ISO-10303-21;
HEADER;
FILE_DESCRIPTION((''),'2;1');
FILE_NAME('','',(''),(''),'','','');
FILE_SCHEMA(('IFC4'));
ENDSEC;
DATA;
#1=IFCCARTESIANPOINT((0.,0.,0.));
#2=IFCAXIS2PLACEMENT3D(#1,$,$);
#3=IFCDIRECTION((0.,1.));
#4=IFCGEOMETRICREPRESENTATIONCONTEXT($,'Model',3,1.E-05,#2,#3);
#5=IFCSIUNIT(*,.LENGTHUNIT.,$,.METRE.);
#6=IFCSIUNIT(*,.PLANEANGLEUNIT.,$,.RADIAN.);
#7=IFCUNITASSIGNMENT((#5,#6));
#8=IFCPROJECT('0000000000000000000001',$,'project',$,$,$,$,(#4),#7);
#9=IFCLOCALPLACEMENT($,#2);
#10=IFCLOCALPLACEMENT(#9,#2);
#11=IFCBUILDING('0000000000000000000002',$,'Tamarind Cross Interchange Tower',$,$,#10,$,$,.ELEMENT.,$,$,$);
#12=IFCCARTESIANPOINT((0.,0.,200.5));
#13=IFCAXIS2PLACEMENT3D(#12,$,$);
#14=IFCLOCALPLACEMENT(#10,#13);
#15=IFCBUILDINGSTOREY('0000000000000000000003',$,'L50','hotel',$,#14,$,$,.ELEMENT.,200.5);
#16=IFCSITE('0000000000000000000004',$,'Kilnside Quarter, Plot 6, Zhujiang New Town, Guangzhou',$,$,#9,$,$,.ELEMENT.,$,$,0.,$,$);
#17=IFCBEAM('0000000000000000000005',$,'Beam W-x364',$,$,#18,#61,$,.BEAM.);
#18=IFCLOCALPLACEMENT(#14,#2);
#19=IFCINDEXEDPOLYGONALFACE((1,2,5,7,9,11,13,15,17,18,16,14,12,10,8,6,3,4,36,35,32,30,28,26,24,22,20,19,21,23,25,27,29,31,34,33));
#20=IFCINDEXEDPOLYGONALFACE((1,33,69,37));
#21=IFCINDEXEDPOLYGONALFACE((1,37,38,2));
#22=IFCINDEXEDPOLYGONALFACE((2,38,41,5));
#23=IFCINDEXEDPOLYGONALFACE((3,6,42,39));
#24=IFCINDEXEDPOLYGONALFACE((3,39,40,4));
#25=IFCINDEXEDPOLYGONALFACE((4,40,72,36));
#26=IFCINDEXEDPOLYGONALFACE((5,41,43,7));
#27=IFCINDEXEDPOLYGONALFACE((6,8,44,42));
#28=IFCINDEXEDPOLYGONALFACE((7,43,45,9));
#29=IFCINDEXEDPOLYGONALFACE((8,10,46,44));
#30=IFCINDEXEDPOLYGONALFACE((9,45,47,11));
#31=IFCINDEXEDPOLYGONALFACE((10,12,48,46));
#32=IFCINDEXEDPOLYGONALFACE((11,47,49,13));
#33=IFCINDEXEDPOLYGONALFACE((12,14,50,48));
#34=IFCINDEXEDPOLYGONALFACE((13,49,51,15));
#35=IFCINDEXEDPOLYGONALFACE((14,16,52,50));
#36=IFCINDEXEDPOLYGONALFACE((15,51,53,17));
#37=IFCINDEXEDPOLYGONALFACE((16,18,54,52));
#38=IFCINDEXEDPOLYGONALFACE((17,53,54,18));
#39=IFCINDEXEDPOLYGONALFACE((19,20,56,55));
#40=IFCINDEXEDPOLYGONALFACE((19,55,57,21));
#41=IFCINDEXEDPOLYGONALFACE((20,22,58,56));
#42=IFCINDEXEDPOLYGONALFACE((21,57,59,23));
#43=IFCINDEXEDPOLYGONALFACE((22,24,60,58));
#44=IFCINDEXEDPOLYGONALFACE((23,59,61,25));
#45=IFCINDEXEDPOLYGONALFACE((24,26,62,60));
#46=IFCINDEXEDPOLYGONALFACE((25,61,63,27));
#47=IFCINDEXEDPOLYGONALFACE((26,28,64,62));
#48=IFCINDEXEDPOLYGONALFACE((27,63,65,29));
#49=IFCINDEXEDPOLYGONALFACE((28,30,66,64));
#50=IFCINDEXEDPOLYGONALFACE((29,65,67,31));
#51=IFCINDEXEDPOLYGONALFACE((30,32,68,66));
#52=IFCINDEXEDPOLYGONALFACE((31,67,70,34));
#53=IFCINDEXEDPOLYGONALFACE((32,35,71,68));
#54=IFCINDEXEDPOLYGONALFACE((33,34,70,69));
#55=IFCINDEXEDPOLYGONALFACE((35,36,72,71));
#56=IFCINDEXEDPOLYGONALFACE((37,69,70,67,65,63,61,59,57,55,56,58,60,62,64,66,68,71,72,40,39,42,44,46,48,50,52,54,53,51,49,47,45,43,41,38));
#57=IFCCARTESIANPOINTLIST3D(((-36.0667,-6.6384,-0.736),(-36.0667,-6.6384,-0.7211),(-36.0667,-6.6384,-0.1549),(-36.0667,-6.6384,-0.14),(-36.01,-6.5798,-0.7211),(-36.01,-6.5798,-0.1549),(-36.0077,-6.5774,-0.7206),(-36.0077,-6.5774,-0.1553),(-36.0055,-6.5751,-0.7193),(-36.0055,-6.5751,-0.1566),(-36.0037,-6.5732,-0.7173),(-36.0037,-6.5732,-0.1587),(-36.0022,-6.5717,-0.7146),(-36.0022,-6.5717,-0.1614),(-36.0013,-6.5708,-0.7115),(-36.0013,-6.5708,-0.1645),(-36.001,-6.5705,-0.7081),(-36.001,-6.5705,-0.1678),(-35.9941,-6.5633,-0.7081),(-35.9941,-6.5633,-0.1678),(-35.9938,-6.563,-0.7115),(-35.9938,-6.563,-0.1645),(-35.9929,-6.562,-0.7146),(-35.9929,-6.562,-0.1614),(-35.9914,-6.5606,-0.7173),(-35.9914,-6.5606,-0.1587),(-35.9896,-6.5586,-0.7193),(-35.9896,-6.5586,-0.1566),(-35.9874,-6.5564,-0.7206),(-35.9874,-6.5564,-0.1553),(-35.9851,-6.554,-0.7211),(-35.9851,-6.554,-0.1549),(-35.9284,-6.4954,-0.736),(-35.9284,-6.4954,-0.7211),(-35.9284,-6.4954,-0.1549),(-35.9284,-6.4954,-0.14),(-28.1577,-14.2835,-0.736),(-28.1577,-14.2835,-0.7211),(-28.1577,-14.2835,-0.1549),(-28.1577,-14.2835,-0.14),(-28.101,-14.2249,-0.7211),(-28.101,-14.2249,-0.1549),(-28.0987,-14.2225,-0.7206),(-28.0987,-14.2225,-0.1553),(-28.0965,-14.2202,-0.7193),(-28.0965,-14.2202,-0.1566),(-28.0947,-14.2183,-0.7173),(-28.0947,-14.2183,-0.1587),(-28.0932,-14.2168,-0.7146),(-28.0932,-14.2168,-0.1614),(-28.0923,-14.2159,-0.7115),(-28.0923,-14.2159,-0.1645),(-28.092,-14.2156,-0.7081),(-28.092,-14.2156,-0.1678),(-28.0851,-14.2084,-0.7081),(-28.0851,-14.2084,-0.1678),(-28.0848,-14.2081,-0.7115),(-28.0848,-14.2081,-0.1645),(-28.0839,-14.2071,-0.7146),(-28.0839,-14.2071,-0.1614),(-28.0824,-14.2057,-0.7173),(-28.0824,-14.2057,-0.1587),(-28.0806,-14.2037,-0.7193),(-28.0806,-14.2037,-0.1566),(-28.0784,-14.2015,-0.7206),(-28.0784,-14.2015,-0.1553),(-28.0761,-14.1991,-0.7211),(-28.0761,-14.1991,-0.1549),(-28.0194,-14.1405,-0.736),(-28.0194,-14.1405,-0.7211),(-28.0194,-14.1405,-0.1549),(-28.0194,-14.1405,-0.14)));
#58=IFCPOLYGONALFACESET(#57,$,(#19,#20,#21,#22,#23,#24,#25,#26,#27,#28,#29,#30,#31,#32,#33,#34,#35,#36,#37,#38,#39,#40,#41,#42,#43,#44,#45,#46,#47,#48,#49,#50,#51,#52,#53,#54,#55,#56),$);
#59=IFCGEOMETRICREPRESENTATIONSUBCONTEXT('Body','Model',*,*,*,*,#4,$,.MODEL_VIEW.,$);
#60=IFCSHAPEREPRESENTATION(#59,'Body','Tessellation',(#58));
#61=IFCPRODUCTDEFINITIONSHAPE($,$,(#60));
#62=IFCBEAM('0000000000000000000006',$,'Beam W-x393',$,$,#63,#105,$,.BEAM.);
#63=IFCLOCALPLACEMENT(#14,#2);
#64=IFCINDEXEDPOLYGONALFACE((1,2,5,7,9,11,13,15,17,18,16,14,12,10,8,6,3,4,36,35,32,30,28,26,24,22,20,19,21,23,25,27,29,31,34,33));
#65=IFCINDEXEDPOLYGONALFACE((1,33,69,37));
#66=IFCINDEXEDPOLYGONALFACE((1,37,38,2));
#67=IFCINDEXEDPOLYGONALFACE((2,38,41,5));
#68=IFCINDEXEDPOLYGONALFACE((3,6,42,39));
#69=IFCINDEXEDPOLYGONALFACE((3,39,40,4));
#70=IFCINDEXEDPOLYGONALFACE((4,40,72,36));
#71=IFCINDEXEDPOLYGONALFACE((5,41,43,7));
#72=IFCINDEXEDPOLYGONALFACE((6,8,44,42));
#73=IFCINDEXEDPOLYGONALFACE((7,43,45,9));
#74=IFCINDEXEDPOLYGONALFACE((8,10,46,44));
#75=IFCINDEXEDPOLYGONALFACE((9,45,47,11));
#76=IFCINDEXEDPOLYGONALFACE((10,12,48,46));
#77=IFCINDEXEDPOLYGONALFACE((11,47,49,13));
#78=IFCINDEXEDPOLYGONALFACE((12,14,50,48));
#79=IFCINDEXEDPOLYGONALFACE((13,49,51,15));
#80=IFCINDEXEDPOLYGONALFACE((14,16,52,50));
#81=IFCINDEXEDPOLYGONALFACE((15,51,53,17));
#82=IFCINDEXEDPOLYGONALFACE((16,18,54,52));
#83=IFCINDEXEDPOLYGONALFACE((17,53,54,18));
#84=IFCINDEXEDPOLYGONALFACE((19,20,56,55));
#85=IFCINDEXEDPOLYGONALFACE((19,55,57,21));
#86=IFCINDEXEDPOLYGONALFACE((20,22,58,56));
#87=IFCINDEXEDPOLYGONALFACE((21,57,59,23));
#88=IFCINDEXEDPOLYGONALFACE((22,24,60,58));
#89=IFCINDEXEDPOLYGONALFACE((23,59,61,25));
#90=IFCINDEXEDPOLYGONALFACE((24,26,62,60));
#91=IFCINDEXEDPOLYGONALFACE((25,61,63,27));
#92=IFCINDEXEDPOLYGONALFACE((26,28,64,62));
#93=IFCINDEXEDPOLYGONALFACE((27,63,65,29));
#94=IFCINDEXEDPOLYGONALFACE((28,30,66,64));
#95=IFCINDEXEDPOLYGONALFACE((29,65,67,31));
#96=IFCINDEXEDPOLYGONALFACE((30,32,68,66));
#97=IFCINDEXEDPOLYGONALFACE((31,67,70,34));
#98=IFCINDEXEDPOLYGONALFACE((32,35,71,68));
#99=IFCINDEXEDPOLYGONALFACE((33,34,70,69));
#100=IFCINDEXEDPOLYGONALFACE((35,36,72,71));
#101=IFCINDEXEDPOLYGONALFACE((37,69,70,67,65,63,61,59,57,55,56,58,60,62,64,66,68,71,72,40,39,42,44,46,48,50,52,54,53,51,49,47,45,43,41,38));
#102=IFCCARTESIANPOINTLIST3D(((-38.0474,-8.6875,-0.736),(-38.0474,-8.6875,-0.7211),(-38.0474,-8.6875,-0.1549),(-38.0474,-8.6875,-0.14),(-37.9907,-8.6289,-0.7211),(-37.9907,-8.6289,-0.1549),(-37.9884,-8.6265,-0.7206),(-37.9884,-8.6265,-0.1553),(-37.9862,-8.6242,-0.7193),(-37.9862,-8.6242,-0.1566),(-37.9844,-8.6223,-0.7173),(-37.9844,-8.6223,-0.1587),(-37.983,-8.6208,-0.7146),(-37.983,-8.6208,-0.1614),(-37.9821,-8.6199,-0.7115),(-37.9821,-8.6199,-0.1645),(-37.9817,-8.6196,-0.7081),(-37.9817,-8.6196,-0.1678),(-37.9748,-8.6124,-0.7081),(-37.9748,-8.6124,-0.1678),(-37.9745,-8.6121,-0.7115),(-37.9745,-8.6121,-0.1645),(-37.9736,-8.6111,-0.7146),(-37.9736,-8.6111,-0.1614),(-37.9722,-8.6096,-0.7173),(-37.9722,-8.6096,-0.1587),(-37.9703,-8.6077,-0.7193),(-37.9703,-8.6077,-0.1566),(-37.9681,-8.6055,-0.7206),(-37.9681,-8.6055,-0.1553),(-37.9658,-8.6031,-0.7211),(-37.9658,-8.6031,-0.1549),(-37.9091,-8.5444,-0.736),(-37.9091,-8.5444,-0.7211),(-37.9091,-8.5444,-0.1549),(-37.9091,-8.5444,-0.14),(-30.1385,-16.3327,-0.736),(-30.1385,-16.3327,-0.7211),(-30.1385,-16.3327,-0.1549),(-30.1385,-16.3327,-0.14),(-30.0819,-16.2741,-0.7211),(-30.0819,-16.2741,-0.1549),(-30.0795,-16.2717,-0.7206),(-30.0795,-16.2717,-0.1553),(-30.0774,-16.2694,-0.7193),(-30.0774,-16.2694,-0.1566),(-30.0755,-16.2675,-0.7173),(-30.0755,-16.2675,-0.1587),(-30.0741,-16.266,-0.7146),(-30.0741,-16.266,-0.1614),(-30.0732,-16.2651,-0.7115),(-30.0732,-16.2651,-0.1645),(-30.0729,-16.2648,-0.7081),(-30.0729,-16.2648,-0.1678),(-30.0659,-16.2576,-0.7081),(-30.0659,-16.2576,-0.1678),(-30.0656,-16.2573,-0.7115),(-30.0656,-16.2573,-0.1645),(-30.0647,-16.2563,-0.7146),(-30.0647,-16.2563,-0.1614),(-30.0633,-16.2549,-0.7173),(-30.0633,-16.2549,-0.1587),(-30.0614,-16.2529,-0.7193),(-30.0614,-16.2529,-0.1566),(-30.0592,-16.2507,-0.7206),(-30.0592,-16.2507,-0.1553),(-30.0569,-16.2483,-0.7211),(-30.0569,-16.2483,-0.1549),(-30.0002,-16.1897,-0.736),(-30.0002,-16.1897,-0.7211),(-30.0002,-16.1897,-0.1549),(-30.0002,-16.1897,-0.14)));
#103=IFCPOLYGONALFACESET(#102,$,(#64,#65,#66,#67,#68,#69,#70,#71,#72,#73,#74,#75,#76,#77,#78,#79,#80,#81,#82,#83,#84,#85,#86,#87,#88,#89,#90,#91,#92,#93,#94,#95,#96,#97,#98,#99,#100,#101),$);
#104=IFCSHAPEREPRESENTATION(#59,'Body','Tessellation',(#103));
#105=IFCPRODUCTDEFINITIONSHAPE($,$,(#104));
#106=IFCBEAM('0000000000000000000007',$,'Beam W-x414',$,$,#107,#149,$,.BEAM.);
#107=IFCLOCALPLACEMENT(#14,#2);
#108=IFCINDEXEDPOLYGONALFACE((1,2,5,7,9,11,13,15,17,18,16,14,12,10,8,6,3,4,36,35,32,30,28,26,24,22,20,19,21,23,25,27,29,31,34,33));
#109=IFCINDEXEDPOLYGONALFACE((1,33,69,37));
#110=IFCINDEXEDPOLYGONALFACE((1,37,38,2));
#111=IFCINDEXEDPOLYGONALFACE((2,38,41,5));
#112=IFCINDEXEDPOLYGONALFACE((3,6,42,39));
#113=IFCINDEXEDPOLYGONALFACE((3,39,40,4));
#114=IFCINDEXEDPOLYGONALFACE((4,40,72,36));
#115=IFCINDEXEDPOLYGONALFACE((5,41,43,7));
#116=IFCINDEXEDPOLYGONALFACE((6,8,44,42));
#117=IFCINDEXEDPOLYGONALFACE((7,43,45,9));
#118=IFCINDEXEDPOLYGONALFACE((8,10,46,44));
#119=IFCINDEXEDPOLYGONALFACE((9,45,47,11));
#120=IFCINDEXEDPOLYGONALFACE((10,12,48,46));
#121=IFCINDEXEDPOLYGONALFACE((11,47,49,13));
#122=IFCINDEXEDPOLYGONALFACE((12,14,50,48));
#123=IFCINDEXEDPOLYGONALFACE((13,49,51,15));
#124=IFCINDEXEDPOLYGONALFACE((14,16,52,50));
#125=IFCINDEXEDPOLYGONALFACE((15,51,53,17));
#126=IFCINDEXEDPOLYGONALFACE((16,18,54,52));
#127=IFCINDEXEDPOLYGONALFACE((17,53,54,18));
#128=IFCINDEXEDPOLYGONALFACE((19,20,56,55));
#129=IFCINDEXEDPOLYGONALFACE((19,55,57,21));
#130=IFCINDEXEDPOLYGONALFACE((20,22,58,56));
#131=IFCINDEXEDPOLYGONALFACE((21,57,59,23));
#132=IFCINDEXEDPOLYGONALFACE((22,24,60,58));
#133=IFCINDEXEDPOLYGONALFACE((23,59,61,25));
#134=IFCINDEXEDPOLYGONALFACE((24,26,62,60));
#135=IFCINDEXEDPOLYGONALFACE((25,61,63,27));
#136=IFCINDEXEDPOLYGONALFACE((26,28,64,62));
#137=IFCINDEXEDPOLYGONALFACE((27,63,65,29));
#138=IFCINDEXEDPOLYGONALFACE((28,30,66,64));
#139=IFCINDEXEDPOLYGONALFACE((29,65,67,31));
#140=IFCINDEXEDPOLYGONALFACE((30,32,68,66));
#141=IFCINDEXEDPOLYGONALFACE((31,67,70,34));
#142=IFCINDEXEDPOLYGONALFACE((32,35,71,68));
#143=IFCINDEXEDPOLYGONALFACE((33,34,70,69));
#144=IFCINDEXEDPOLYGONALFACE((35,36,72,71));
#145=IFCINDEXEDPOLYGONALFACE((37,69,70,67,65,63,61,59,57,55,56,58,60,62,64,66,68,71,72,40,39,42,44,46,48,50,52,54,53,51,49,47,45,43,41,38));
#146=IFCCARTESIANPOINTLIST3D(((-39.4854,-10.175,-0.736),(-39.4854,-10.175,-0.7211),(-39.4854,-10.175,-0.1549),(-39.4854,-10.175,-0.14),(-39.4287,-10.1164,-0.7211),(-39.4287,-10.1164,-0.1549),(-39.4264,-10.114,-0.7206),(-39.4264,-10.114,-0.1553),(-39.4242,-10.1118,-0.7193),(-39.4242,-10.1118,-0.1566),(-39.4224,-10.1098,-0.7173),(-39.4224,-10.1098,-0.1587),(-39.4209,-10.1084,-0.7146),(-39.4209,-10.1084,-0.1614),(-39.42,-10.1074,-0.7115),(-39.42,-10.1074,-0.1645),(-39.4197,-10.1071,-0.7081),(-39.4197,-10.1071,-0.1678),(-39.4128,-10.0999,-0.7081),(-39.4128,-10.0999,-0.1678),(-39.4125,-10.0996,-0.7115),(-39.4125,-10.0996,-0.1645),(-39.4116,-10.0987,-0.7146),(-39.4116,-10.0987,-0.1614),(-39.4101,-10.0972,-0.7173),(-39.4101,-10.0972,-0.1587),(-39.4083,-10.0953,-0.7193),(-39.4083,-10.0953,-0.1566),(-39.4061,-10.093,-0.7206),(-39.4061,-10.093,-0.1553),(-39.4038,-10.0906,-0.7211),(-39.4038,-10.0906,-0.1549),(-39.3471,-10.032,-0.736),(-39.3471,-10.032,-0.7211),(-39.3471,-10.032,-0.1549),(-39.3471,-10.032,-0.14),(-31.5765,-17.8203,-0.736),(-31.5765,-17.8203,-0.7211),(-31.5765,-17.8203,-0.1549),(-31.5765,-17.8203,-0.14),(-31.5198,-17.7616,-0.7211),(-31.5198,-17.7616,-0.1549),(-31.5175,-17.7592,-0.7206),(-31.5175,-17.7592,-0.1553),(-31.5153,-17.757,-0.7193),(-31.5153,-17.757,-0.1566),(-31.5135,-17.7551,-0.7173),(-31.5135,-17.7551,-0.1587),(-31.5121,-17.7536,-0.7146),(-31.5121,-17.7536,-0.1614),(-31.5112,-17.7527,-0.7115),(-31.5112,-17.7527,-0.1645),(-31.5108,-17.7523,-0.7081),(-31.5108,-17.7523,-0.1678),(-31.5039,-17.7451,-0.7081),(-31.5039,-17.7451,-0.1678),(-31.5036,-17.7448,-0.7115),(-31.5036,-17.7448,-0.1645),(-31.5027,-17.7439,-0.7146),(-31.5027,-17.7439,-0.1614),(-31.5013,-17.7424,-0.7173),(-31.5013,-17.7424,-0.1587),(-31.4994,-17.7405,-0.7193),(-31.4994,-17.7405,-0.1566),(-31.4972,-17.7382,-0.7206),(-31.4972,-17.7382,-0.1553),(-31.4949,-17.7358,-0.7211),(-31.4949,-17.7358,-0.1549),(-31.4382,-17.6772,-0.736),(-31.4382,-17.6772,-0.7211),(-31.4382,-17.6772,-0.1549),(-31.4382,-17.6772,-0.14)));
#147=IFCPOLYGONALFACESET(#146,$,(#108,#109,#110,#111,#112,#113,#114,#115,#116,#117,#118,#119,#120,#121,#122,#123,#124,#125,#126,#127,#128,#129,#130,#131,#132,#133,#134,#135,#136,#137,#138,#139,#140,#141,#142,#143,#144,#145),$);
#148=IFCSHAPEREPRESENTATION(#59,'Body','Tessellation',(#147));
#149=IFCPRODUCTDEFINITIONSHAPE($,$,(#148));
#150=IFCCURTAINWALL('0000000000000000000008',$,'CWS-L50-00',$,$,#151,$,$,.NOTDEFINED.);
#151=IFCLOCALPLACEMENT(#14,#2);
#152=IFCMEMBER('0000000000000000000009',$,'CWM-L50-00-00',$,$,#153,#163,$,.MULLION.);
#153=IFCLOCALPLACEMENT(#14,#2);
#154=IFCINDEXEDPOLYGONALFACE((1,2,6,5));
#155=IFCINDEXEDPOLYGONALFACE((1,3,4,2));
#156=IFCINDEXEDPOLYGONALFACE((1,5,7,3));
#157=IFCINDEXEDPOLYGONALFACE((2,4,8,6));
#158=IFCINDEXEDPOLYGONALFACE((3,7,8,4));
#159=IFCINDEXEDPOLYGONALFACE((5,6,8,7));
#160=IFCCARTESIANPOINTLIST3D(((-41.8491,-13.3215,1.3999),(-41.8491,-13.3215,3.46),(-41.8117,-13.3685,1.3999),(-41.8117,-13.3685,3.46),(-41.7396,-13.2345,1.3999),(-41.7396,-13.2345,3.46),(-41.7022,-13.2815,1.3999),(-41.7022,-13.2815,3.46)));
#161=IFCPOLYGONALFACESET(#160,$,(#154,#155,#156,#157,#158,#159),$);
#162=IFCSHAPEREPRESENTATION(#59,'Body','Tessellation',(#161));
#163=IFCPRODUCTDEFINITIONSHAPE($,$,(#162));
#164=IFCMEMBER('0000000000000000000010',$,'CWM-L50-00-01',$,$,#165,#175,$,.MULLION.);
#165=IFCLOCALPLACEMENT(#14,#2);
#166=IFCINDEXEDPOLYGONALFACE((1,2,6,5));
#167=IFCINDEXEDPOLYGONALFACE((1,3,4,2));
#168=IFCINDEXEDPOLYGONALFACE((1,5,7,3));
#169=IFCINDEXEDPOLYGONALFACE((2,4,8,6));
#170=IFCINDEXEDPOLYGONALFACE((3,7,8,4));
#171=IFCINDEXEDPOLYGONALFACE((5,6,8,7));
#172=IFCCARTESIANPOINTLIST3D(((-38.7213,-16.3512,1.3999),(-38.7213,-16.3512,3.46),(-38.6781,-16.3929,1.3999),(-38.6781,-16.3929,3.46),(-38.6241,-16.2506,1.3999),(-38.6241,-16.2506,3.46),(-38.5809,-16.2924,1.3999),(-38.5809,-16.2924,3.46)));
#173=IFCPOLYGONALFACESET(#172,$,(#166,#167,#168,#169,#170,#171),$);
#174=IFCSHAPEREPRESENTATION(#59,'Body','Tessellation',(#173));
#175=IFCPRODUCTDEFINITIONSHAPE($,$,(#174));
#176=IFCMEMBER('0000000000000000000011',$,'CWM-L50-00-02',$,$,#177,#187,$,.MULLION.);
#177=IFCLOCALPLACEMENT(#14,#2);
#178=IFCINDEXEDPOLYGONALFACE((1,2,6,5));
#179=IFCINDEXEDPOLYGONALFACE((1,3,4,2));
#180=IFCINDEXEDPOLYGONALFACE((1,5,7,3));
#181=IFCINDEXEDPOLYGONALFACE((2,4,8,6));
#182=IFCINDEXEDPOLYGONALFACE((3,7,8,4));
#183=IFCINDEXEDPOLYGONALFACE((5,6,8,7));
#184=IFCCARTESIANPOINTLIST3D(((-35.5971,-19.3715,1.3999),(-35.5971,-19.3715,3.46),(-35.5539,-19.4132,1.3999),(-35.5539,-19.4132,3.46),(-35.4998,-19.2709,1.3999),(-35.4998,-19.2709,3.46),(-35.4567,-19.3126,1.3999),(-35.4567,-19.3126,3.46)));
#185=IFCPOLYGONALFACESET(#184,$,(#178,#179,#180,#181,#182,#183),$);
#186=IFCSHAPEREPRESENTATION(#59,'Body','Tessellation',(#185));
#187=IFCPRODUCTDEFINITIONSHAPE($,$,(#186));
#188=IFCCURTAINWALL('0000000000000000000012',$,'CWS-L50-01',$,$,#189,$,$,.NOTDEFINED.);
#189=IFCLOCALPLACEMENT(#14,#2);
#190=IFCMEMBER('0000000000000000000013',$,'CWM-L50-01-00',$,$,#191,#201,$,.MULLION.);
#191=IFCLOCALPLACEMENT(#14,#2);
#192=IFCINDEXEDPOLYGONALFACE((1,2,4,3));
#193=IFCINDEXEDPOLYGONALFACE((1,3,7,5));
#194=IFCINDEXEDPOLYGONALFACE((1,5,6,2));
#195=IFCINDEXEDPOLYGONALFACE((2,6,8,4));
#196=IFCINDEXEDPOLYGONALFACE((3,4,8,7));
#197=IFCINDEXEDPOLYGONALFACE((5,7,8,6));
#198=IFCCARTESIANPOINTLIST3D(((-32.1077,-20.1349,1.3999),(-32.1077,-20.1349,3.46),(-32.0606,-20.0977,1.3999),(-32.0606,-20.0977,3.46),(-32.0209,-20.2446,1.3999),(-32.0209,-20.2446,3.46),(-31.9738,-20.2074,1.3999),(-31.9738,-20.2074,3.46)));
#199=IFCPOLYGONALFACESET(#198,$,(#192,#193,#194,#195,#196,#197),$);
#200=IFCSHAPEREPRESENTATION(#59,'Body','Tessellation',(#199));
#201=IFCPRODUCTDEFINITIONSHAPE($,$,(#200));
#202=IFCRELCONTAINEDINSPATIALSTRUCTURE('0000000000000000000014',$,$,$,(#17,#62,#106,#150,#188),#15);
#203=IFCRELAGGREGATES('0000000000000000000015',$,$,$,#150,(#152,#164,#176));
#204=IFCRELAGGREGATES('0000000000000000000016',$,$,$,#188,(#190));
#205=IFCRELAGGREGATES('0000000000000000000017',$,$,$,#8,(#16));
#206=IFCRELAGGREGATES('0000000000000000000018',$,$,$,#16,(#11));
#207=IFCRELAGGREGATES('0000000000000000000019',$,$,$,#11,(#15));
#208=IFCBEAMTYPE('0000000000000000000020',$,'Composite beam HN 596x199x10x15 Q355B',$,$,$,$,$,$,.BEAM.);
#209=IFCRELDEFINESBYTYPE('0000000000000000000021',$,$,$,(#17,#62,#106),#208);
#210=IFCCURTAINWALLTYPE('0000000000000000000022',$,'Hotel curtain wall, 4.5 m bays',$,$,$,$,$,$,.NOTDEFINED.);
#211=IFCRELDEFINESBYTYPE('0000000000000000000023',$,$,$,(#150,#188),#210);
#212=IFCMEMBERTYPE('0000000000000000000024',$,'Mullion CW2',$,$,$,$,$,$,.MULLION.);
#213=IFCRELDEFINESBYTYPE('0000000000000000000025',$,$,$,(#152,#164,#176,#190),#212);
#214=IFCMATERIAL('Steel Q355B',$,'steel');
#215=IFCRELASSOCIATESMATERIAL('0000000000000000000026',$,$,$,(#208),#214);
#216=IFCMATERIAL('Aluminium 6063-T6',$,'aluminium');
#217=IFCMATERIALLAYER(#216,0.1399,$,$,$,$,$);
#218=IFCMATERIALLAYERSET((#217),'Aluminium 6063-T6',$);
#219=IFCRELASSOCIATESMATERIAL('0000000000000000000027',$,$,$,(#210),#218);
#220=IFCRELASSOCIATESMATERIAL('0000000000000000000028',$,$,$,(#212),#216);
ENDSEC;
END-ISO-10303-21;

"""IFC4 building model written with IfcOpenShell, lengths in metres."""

from ifc_helpers import new_model, si_unit, direction, frame, origin, origin_2d, place, context, subcontext, project, spatial, rectangle, i_section, extrude, material, layer, layer_set, material_profile, profile_set, type_object, element, aggregate, save


model = new_model("IFC4")

# Units and contexts
model_context = context("Model", 3, precision=1e-05, world=origin(), true_north=direction((0.0, 1.0)))
body_context = subcontext(model_context, "Body", "Model", "MODEL_VIEW")
ifc_project = project(units=[si_unit("LENGTHUNIT", "METRE"), si_unit("PLANEANGLEUNIT", "RADIAN")], contexts=[model_context])

# Site, building, storey
site_placement = place(None, origin())
site = spatial("IfcSite", under=ifc_project, at=site_placement, Name="Kilnside Quarter, Plot 6, Zhujiang New Town, Guangzhou", CompositionType="ELEMENT", RefElevation=0.0)
building_placement = place(site_placement, origin())
building = spatial("IfcBuilding", under=site, at=building_placement, Name="Tamarind Cross Interchange Tower", CompositionType="ELEMENT")
storey_placement = place(building_placement, frame((0.0, 0.0, 200.5)))
storey = spatial("IfcBuildingStorey", under=building, at=storey_placement, Name="L50", Description="hotel", CompositionType="ELEMENT", Elevation=200.5)

# Beams
ifc_material_1 = material(Name="Steel Q355B", Category="steel")
ifc_material_profile_1 = material_profile(ifc_material_1, i_section(OverallWidth=0.199, OverallDepth=0.5959, WebThickness=0.01, FlangeThickness=0.0149, FilletRadius=0.0129, at=origin_2d()), Name="HN 596x199x10x15")
ifc_profile_set_1 = profile_set([ifc_material_profile_1], Name="Steel Q355B")
beam_type_1 = type_object("IfcBeamType", Name="Composite beam HN 596x199x10x15 Q355B", PredefinedType="BEAM", material=ifc_profile_set_1)
for number, where, z_axis, x_axis, name in (
    (1, (-35.9976, -6.5669, -0.438), (0.719001, -0.695009, 0.0), (0.695009, 0.719001, 0.0), "Beam W-x364"),
    (2, (-37.9783, -8.616, -0.438), (0.71899, -0.69502, 0.0), (0.69502, 0.71899, 0.0), "Beam W-x393"),
    (3, (-39.4163, -10.1035, -0.438), (0.71899, -0.69502, 0.0), (0.69502, 0.71899, 0.0), "Beam W-x414"),
):
    element("IfcBeam", number, at=place(storey_placement, frame(where, z_axis=z_axis, x_axis=x_axis)), inside=storey, type_object=beam_type_1, Name=name, PredefinedType="BEAM", context=body_context, shape_type="SweptSolid", body=[
        extrude(i_section(OverallWidth=0.199, OverallDepth=0.5959, WebThickness=0.01, FlangeThickness=0.0149, FilletRadius=0.0129, at=origin_2d()), origin(), (0.0, 0.0, 1.0), 11.0),
    ])

# Curtain wall, members
ifc_material_2 = material(Name="Aluminium 6063-T6", Category="aluminium")
ifc_layer_1 = layer(ifc_material_2, 0.1399)
ifc_layer_set_1 = layer_set([ifc_layer_1], Name="Aluminium 6063-T6")
curtain_wall_type = type_object("IfcCurtainWallType", Name="Hotel curtain wall, 4.5 m bays", PredefinedType="NOTDEFINED", material=ifc_layer_set_1)
curtain_wall_1_placement = place(storey_placement, origin())
curtain_wall_1 = element("IfcCurtainWall", 4, at=curtain_wall_1_placement, inside=storey, type_object=curtain_wall_type, Name="CWS-L50-00", PredefinedType="NOTDEFINED")
ifc_material_profile_2 = material_profile(ifc_material_2, rectangle(XDim=0.0601, YDim=0.1399, at=origin_2d()), Name="Mullion CW2")
ifc_profile_set_2 = profile_set([ifc_material_profile_2], Name="Aluminium 6063-T6")
member_type = type_object("IfcMemberType", Name="Mullion CW2", PredefinedType="MULLION", material=ifc_profile_set_2)
member_1_placement = place(storey_placement, frame((-41.7756, -13.3015, 1.3999), z_axis=(0.0, 0.0, 1.0), x_axis=(0.622121, -0.782921, 0.0)))
member_1 = element("IfcMember", 5, at=member_1_placement, type_object=member_type, Name="CWM-L50-00-00", PredefinedType="MULLION", context=body_context, shape_type="SweptSolid", body=[
    extrude(rectangle(XDim=0.0601, YDim=0.1399, at=origin_2d()), origin(), (0.0, 0.0, 1.0), 2.0601),
])
member_2_placement = place(storey_placement, frame((-38.6511, -16.3218, 1.3999), z_axis=(0.0, 0.0, 1.0), x_axis=(0.718991, -0.69502, 0.0)))
member_2 = element("IfcMember", 6, at=member_2_placement, type_object=member_type, Name="CWM-L50-00-01", PredefinedType="MULLION", context=body_context, shape_type="SweptSolid", body=[
    extrude(rectangle(XDim=0.0601, YDim=0.1399, at=origin_2d()), origin(), (0.0, 0.0, 1.0), 2.0601),
])
member_3_placement = place(storey_placement, frame((-35.5269, -19.342, 1.3999), z_axis=(0.0, 0.0, 1.0), x_axis=(0.718991, -0.69502, 0.0)))
member_3 = element("IfcMember", 7, at=member_3_placement, type_object=member_type, Name="CWM-L50-00-02", PredefinedType="MULLION", context=body_context, shape_type="SweptSolid", body=[
    extrude(rectangle(XDim=0.0601, YDim=0.1399, at=origin_2d()), origin(), (0.0, 0.0, 1.0), 2.0601),
])
aggregate(curtain_wall_1, [member_1, member_2, member_3])

# Curtain wall, member
curtain_wall_2_placement = place(storey_placement, origin())
curtain_wall_2 = element("IfcCurtainWall", 8, at=curtain_wall_2_placement, inside=storey, type_object=curtain_wall_type, Name="CWS-L50-01", PredefinedType="NOTDEFINED")
member_4_placement = place(storey_placement, frame((-32.0408, -20.1711, 1.3999), z_axis=(0.0, 0.0, 1.0), x_axis=(0.784159, 0.62056, 0.0)))
member_4 = element("IfcMember", 9, at=member_4_placement, type_object=member_type, Name="CWM-L50-01-00", PredefinedType="MULLION", context=body_context, shape_type="SweptSolid", body=[
    extrude(rectangle(XDim=0.0601, YDim=0.1399, at=origin_2d()), origin(), (0.0, 0.0, 1.0), 2.0601),
])
aggregate(curtain_wall_2, [member_4])

save(model, "model.ifc")
